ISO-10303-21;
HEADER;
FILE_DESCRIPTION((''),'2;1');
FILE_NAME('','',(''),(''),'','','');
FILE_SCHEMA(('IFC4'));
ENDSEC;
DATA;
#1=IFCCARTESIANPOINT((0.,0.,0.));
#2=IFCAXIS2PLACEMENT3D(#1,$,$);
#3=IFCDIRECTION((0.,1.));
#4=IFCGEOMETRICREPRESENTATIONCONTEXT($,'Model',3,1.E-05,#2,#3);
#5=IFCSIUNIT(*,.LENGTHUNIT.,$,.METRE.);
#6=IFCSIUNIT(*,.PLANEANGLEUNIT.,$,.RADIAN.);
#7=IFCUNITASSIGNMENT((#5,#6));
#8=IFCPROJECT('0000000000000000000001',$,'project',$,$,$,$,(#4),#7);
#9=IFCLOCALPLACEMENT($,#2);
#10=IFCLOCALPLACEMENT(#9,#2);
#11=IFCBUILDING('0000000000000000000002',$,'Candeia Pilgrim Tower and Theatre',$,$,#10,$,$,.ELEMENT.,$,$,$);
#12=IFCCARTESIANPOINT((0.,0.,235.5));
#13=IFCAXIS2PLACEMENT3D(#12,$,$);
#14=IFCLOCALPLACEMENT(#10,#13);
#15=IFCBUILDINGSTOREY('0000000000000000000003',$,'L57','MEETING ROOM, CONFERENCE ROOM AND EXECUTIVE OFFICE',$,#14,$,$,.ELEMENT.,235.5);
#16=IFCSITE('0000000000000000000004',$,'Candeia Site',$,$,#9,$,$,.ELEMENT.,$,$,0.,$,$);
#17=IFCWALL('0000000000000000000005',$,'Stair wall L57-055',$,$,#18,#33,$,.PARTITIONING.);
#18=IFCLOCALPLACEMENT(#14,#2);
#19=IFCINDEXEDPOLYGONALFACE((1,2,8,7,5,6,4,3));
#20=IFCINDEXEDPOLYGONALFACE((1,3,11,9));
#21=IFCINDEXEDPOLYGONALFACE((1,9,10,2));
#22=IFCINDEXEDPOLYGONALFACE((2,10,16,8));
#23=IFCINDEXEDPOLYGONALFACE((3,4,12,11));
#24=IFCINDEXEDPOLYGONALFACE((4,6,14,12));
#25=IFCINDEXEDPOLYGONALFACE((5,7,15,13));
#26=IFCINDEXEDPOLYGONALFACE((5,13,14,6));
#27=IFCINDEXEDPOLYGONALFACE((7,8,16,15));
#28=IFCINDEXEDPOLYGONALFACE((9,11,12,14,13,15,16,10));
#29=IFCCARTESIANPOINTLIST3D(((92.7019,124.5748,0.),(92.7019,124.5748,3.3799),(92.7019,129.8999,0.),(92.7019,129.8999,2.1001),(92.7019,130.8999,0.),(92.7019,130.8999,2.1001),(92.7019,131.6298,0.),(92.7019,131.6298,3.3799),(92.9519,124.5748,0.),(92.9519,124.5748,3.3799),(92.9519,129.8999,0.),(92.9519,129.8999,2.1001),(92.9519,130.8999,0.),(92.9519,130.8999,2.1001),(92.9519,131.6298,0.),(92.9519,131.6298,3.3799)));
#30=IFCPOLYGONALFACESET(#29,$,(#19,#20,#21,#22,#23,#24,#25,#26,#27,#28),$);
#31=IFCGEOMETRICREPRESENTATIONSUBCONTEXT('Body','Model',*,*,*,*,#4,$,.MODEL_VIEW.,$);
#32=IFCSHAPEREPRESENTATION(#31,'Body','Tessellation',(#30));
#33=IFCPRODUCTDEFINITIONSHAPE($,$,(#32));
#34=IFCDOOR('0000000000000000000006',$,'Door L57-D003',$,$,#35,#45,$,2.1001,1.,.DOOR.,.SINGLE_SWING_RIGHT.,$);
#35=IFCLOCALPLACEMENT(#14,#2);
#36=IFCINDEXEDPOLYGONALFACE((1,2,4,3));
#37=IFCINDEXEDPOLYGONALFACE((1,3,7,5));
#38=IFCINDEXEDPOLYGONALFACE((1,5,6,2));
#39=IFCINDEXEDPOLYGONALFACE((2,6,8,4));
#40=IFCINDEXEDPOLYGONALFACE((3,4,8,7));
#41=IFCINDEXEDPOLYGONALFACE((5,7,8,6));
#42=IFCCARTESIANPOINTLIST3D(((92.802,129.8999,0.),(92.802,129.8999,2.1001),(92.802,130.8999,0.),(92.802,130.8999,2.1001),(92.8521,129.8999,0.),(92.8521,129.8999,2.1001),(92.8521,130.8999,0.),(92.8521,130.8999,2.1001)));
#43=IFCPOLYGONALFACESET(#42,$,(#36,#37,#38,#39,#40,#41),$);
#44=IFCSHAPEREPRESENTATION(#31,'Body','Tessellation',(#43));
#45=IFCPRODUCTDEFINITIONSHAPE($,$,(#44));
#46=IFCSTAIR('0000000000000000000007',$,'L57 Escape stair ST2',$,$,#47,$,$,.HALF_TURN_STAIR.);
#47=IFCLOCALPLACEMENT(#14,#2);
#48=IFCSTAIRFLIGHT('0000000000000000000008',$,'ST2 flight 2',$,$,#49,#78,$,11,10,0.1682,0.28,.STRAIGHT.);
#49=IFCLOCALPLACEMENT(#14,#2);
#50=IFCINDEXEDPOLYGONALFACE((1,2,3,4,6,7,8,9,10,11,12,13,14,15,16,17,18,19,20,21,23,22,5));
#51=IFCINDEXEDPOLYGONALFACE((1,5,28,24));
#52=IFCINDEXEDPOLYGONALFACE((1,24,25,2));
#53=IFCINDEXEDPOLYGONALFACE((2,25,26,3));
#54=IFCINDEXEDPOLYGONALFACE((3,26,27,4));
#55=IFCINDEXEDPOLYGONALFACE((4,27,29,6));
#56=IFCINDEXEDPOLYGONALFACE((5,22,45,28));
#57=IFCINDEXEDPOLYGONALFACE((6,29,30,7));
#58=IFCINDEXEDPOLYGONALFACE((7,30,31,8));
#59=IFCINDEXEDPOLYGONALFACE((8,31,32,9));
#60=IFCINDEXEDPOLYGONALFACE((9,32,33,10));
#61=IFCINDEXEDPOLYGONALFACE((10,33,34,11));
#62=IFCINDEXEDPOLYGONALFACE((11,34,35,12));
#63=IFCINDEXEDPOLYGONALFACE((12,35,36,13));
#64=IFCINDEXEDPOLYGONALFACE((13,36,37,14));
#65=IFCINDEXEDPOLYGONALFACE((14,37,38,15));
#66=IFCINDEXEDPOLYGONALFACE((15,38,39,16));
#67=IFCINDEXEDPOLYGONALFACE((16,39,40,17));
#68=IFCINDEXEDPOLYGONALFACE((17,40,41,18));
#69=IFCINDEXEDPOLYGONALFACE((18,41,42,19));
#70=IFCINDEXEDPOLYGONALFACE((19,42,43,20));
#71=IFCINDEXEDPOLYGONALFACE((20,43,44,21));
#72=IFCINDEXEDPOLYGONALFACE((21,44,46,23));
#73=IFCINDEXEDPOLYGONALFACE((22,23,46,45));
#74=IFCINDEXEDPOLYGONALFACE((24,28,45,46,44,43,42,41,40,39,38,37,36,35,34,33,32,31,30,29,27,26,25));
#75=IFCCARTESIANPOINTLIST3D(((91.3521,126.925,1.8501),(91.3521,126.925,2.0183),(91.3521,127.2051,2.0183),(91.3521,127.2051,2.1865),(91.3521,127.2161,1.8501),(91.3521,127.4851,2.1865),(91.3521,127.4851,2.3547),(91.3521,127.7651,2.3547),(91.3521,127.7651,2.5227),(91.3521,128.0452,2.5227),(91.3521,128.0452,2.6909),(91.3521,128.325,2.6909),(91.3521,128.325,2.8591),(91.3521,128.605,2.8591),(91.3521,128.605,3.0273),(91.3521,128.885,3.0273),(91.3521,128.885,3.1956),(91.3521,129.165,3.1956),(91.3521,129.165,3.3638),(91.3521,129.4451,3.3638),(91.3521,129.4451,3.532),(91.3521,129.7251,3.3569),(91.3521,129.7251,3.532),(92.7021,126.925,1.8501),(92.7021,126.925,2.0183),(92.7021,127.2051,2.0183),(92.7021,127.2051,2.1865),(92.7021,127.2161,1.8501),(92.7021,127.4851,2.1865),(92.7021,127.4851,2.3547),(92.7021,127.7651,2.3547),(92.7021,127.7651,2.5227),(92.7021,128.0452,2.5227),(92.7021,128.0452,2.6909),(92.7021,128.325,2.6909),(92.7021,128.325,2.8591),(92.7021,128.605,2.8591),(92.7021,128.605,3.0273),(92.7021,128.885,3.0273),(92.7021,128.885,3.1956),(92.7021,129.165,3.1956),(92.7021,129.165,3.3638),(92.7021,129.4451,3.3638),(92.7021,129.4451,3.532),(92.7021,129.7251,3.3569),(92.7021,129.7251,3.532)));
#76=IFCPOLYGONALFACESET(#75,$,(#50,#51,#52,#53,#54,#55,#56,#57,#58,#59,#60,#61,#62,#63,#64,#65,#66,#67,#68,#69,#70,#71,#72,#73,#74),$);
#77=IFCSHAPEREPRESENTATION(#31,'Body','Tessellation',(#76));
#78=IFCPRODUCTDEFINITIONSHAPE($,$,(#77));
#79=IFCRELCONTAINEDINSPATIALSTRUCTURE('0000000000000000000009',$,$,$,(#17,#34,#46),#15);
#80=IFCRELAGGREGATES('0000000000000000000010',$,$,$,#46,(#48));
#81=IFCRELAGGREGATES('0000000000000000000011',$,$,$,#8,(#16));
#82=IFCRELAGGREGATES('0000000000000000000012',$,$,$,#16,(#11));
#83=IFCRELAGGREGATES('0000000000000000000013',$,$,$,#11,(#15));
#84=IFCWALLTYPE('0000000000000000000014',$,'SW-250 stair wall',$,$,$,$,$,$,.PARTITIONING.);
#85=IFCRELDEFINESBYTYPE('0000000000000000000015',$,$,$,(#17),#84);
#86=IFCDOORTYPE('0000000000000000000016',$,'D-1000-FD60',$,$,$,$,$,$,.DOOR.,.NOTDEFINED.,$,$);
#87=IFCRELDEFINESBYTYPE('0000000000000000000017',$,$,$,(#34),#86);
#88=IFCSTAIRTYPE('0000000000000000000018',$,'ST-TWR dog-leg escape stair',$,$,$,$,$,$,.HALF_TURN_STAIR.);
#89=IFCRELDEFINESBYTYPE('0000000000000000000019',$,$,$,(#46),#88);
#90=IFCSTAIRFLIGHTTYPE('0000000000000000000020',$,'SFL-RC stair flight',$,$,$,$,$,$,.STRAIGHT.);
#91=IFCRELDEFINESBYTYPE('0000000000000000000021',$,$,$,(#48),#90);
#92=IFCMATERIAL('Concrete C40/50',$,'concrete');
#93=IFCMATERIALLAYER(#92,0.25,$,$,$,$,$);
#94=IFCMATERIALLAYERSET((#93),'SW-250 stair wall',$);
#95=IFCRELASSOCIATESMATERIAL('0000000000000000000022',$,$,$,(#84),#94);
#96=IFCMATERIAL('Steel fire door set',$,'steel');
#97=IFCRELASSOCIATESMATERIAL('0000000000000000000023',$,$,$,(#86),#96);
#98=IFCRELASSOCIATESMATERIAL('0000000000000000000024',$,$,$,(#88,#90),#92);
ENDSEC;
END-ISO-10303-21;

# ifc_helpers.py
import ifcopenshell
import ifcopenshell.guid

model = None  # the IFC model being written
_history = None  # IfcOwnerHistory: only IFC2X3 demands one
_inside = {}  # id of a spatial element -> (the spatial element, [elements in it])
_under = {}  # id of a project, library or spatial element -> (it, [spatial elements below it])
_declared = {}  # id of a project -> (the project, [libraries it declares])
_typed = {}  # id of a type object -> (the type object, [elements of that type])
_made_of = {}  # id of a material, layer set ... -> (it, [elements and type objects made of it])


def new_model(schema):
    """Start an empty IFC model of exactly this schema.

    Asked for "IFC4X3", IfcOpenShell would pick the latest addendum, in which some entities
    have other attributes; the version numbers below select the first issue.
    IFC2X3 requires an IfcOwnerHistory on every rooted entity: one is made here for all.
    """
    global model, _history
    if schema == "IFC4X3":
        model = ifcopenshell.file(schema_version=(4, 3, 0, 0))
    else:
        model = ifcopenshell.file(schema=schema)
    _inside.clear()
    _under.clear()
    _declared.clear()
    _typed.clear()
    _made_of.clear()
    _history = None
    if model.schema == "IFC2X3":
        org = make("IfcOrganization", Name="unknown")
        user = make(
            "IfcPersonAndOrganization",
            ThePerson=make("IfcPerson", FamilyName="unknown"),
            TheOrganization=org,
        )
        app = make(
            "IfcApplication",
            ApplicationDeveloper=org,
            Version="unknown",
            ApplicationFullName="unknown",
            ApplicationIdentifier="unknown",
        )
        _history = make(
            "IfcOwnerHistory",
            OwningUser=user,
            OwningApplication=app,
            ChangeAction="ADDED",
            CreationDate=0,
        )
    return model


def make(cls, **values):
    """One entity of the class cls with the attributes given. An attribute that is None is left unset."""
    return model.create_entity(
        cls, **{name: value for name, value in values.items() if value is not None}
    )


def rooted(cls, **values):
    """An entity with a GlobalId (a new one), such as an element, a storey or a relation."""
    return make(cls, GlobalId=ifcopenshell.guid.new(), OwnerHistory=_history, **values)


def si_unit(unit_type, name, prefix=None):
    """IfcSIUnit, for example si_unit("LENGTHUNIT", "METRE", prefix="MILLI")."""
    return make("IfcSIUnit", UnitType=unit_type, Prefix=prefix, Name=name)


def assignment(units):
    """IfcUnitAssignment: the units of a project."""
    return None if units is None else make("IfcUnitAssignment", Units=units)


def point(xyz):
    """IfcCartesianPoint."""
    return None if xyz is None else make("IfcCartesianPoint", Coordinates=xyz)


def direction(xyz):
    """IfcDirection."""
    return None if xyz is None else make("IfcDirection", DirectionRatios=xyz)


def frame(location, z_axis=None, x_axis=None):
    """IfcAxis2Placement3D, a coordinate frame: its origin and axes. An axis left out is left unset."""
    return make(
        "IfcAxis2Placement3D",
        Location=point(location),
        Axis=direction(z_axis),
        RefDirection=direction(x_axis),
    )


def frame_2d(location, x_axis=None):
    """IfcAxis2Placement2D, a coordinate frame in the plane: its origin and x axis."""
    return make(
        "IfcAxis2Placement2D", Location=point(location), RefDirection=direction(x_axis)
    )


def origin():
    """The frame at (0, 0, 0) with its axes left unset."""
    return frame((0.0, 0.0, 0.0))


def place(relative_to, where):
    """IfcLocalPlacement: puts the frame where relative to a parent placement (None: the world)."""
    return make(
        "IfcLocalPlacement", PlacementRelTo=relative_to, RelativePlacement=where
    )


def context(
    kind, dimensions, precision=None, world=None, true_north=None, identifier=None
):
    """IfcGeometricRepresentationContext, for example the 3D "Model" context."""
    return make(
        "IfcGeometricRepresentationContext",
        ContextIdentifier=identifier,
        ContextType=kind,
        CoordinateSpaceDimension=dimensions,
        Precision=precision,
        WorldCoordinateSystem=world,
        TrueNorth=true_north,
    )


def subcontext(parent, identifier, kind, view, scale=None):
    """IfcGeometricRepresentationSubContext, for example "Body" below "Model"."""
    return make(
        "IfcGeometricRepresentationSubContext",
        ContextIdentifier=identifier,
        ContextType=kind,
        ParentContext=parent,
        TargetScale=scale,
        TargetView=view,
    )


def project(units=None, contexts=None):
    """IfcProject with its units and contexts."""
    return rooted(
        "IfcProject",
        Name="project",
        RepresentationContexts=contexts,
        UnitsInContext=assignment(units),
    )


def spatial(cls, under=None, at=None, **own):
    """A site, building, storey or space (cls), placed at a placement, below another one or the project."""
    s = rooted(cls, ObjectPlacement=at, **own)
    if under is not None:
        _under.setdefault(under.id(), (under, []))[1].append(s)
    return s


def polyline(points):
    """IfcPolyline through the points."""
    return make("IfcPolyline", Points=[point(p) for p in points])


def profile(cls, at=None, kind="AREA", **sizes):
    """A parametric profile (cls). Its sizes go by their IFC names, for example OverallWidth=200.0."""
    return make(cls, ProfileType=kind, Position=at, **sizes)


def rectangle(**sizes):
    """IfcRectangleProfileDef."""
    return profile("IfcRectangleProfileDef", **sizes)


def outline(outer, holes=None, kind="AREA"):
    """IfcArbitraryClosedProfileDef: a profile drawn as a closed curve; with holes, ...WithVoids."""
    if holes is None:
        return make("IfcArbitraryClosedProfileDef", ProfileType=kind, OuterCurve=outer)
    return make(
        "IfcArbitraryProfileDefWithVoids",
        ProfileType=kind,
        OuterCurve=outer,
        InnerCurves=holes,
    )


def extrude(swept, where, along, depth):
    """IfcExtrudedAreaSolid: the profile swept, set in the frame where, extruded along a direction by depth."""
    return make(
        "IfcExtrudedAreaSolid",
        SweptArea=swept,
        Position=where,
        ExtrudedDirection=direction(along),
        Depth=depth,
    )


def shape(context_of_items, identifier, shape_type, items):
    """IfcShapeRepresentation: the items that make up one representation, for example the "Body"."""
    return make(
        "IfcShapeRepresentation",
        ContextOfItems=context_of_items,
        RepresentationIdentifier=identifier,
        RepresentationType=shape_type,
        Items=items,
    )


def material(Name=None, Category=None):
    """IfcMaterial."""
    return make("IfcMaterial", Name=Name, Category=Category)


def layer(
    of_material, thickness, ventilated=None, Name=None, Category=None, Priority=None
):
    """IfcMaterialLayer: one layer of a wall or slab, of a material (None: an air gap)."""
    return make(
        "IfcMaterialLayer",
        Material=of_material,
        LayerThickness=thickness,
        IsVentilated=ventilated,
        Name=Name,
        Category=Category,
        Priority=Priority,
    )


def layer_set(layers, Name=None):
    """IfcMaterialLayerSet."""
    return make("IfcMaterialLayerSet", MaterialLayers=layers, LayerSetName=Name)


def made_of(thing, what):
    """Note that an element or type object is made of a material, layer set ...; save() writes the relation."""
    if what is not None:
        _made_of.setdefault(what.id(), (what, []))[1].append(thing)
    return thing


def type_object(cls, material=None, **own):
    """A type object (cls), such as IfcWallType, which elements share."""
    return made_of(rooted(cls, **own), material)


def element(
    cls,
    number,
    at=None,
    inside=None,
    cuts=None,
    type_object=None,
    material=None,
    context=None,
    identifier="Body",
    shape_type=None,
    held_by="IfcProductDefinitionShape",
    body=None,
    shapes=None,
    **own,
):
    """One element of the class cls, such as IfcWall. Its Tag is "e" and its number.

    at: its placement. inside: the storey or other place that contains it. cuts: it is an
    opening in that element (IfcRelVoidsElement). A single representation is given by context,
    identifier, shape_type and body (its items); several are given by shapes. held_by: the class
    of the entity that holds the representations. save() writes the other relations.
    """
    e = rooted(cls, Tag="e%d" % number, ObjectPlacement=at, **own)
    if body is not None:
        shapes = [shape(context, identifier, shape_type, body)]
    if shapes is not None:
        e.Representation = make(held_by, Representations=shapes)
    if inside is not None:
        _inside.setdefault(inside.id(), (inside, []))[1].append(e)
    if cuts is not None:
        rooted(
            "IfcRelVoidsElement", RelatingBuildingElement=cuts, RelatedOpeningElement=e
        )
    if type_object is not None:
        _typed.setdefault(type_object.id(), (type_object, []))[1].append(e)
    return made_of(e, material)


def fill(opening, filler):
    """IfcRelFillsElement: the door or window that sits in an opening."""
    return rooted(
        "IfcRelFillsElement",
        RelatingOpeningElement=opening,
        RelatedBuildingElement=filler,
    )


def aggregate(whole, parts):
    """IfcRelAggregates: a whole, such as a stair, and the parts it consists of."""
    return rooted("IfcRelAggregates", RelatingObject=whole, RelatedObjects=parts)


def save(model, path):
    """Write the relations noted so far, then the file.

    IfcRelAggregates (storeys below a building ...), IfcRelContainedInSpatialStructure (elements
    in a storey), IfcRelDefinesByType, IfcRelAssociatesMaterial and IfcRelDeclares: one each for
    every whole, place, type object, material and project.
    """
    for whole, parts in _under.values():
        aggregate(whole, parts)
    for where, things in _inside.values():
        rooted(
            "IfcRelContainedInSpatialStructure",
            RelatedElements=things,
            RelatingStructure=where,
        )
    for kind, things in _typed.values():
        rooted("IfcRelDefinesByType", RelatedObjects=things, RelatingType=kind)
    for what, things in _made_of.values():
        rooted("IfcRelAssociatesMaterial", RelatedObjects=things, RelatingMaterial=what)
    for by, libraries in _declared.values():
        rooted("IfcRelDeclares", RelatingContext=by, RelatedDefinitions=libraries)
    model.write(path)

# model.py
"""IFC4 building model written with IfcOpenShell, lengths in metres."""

from ifc_helpers import new_model, si_unit, direction, frame, frame_2d, origin, place, context, subcontext, project, spatial, polyline, rectangle, outline, extrude, material, layer, layer_set, type_object, element, fill, aggregate, save


model = new_model("IFC4")

# Units and contexts
model_context = context("Model", 3, precision=1e-05, world=origin(), true_north=direction((0.0, 1.0)))
body_context = subcontext(model_context, "Body", "Model", "MODEL_VIEW")
ifc_project = project(units=[si_unit("LENGTHUNIT", "METRE"), si_unit("PLANEANGLEUNIT", "RADIAN")], contexts=[model_context])

# Site, building, storey
site_placement = place(None, origin())
site = spatial("IfcSite", under=ifc_project, at=site_placement, Name="Candeia Site", CompositionType="ELEMENT", RefElevation=0.0)
building_placement = place(site_placement, origin())
building = spatial("IfcBuilding", under=site, at=building_placement, Name="Candeia Pilgrim Tower and Theatre", CompositionType="ELEMENT")
storey_placement = place(building_placement, frame((0.0, 0.0, 235.5)))
storey = spatial("IfcBuildingStorey", under=building, at=storey_placement, Name="L57", Description="MEETING ROOM, CONFERENCE ROOM AND EXECUTIVE OFFICE", CompositionType="ELEMENT", Elevation=235.5)

# Shared definitions
ifc_material_1 = material(Name="Steel fire door set", Category="steel")

# Shared definitions
ifc_material_2 = material(Name="Concrete C40/50", Category="concrete")

# Wall, opening, door
ifc_layer_1 = layer(ifc_material_2, 0.25)
ifc_layer_set_1 = layer_set([ifc_layer_1], Name="SW-250 stair wall")
wall_type_1 = type_object("IfcWallType", Name="SW-250 stair wall", PredefinedType="PARTITIONING", material=ifc_layer_set_1)
wall_1_placement = place(storey_placement, frame((92.8269, 124.575, 0.0), z_axis=(0.0, 0.0, 1.0), x_axis=(0.0, 1.0, 0.0)))
wall_1 = element("IfcWall", 1, at=wall_1_placement, inside=storey, type_object=wall_type_1, Name="Stair wall L57-055", PredefinedType="PARTITIONING", context=body_context, shape_type="SweptSolid", body=[
    extrude(rectangle(XDim=7.0549, YDim=0.25, at=frame_2d((3.5273, 0.0))), origin(), (0.0, 0.0, 1.0), 3.3799),
])
opening_1_placement = place(wall_1_placement, frame((5.325, 0.0, 0.0)))
opening_1 = element("IfcOpeningElement", 2, at=opening_1_placement, cuts=wall_1, PredefinedType="OPENING", context=body_context, shape_type="SweptSolid", body=[
    extrude(rectangle(XDim=1.0, YDim=2.1001, at=frame_2d((0.5, 1.05))), frame((0.0, 0.135, 0.0), z_axis=(0.0, -1.0, 0.0), x_axis=(1.0, 0.0, 0.0)), (0.0, 0.0, 1.0), 0.27),
])
door_type_1 = type_object("IfcDoorType", Name="D-1000-FD60", OperationType="NOTDEFINED", PredefinedType="DOOR", material=ifc_material_1)
door_1_placement = place(opening_1_placement, origin())
door_1 = element("IfcDoor", 3, at=door_1_placement, inside=storey, type_object=door_type_1, Name="Door L57-D003", OperationType="SINGLE_SWING_RIGHT", OverallHeight=2.1001, OverallWidth=1.0, PredefinedType="DOOR", context=body_context, shape_type="SweptSolid", body=[
    extrude(rectangle(XDim=1.0, YDim=2.1001, at=frame_2d((0.5, 1.05))), frame((0.0, 0.0249, 0.0), z_axis=(0.0, -1.0, 0.0), x_axis=(1.0, 0.0, 0.0)), (0.0, 0.0, 1.0), 0.05),
])
fill(opening_1, door_1)

# Stair, stair flight
stair_type = type_object("IfcStairType", Name="ST-TWR dog-leg escape stair", PredefinedType="HALF_TURN_STAIR", material=ifc_material_2)
stair_placement = place(storey_placement, origin())
stair = element("IfcStair", 4, at=stair_placement, inside=storey, type_object=stair_type, Name="L57 Escape stair ST2", PredefinedType="HALF_TURN_STAIR")
stair_flight_type = type_object("IfcStairFlightType", Name="SFL-RC stair flight", PredefinedType="STRAIGHT", material=ifc_material_2)
stair_flight_placement = place(storey_placement, frame((92.0271, 126.925, 1.8501), z_axis=(0.0, 0.0, 1.0), x_axis=(0.0, 1.0, 0.0)))
stair_flight = element("IfcStairFlight", 5, at=stair_flight_placement, type_object=stair_flight_type, Name="ST2 flight 2", NumberOfRisers=11, NumberOfTreads=10, PredefinedType="STRAIGHT", RiserHeight=0.1682, TreadLength=0.28, context=body_context, shape_type="SweptSolid", body=[
    extrude(outline(polyline([(0.0, 0.0), (0.0, 0.1682), (0.28, 0.1682), (0.28, 0.3364), (0.5601, 0.3364), (0.5601, 0.5046), (0.8401, 0.5046), (0.8401, 0.6726), (1.1201, 0.6726), (1.1201, 0.8408), (1.3999, 0.8408), (1.3999, 1.009), (1.6799, 1.009), (1.6799, 1.1772), (1.96, 1.1772), (1.96, 1.3455), (2.24, 1.3455), (2.24, 1.5137), (2.52, 1.5137), (2.52, 1.6819), (2.8, 1.6819), (2.8, 1.8501), (2.8, 1.5068), (0.291, 0.0), (0.0, 0.0)])), frame((0.0, 0.675, 0.0), z_axis=(0.0, -1.0, 0.0), x_axis=(1.0, 0.0, 0.0)), (0.0, 0.0, 1.0), 1.3501),
])
aggregate(stair, [stair_flight])

save(model, "model.ifc")
